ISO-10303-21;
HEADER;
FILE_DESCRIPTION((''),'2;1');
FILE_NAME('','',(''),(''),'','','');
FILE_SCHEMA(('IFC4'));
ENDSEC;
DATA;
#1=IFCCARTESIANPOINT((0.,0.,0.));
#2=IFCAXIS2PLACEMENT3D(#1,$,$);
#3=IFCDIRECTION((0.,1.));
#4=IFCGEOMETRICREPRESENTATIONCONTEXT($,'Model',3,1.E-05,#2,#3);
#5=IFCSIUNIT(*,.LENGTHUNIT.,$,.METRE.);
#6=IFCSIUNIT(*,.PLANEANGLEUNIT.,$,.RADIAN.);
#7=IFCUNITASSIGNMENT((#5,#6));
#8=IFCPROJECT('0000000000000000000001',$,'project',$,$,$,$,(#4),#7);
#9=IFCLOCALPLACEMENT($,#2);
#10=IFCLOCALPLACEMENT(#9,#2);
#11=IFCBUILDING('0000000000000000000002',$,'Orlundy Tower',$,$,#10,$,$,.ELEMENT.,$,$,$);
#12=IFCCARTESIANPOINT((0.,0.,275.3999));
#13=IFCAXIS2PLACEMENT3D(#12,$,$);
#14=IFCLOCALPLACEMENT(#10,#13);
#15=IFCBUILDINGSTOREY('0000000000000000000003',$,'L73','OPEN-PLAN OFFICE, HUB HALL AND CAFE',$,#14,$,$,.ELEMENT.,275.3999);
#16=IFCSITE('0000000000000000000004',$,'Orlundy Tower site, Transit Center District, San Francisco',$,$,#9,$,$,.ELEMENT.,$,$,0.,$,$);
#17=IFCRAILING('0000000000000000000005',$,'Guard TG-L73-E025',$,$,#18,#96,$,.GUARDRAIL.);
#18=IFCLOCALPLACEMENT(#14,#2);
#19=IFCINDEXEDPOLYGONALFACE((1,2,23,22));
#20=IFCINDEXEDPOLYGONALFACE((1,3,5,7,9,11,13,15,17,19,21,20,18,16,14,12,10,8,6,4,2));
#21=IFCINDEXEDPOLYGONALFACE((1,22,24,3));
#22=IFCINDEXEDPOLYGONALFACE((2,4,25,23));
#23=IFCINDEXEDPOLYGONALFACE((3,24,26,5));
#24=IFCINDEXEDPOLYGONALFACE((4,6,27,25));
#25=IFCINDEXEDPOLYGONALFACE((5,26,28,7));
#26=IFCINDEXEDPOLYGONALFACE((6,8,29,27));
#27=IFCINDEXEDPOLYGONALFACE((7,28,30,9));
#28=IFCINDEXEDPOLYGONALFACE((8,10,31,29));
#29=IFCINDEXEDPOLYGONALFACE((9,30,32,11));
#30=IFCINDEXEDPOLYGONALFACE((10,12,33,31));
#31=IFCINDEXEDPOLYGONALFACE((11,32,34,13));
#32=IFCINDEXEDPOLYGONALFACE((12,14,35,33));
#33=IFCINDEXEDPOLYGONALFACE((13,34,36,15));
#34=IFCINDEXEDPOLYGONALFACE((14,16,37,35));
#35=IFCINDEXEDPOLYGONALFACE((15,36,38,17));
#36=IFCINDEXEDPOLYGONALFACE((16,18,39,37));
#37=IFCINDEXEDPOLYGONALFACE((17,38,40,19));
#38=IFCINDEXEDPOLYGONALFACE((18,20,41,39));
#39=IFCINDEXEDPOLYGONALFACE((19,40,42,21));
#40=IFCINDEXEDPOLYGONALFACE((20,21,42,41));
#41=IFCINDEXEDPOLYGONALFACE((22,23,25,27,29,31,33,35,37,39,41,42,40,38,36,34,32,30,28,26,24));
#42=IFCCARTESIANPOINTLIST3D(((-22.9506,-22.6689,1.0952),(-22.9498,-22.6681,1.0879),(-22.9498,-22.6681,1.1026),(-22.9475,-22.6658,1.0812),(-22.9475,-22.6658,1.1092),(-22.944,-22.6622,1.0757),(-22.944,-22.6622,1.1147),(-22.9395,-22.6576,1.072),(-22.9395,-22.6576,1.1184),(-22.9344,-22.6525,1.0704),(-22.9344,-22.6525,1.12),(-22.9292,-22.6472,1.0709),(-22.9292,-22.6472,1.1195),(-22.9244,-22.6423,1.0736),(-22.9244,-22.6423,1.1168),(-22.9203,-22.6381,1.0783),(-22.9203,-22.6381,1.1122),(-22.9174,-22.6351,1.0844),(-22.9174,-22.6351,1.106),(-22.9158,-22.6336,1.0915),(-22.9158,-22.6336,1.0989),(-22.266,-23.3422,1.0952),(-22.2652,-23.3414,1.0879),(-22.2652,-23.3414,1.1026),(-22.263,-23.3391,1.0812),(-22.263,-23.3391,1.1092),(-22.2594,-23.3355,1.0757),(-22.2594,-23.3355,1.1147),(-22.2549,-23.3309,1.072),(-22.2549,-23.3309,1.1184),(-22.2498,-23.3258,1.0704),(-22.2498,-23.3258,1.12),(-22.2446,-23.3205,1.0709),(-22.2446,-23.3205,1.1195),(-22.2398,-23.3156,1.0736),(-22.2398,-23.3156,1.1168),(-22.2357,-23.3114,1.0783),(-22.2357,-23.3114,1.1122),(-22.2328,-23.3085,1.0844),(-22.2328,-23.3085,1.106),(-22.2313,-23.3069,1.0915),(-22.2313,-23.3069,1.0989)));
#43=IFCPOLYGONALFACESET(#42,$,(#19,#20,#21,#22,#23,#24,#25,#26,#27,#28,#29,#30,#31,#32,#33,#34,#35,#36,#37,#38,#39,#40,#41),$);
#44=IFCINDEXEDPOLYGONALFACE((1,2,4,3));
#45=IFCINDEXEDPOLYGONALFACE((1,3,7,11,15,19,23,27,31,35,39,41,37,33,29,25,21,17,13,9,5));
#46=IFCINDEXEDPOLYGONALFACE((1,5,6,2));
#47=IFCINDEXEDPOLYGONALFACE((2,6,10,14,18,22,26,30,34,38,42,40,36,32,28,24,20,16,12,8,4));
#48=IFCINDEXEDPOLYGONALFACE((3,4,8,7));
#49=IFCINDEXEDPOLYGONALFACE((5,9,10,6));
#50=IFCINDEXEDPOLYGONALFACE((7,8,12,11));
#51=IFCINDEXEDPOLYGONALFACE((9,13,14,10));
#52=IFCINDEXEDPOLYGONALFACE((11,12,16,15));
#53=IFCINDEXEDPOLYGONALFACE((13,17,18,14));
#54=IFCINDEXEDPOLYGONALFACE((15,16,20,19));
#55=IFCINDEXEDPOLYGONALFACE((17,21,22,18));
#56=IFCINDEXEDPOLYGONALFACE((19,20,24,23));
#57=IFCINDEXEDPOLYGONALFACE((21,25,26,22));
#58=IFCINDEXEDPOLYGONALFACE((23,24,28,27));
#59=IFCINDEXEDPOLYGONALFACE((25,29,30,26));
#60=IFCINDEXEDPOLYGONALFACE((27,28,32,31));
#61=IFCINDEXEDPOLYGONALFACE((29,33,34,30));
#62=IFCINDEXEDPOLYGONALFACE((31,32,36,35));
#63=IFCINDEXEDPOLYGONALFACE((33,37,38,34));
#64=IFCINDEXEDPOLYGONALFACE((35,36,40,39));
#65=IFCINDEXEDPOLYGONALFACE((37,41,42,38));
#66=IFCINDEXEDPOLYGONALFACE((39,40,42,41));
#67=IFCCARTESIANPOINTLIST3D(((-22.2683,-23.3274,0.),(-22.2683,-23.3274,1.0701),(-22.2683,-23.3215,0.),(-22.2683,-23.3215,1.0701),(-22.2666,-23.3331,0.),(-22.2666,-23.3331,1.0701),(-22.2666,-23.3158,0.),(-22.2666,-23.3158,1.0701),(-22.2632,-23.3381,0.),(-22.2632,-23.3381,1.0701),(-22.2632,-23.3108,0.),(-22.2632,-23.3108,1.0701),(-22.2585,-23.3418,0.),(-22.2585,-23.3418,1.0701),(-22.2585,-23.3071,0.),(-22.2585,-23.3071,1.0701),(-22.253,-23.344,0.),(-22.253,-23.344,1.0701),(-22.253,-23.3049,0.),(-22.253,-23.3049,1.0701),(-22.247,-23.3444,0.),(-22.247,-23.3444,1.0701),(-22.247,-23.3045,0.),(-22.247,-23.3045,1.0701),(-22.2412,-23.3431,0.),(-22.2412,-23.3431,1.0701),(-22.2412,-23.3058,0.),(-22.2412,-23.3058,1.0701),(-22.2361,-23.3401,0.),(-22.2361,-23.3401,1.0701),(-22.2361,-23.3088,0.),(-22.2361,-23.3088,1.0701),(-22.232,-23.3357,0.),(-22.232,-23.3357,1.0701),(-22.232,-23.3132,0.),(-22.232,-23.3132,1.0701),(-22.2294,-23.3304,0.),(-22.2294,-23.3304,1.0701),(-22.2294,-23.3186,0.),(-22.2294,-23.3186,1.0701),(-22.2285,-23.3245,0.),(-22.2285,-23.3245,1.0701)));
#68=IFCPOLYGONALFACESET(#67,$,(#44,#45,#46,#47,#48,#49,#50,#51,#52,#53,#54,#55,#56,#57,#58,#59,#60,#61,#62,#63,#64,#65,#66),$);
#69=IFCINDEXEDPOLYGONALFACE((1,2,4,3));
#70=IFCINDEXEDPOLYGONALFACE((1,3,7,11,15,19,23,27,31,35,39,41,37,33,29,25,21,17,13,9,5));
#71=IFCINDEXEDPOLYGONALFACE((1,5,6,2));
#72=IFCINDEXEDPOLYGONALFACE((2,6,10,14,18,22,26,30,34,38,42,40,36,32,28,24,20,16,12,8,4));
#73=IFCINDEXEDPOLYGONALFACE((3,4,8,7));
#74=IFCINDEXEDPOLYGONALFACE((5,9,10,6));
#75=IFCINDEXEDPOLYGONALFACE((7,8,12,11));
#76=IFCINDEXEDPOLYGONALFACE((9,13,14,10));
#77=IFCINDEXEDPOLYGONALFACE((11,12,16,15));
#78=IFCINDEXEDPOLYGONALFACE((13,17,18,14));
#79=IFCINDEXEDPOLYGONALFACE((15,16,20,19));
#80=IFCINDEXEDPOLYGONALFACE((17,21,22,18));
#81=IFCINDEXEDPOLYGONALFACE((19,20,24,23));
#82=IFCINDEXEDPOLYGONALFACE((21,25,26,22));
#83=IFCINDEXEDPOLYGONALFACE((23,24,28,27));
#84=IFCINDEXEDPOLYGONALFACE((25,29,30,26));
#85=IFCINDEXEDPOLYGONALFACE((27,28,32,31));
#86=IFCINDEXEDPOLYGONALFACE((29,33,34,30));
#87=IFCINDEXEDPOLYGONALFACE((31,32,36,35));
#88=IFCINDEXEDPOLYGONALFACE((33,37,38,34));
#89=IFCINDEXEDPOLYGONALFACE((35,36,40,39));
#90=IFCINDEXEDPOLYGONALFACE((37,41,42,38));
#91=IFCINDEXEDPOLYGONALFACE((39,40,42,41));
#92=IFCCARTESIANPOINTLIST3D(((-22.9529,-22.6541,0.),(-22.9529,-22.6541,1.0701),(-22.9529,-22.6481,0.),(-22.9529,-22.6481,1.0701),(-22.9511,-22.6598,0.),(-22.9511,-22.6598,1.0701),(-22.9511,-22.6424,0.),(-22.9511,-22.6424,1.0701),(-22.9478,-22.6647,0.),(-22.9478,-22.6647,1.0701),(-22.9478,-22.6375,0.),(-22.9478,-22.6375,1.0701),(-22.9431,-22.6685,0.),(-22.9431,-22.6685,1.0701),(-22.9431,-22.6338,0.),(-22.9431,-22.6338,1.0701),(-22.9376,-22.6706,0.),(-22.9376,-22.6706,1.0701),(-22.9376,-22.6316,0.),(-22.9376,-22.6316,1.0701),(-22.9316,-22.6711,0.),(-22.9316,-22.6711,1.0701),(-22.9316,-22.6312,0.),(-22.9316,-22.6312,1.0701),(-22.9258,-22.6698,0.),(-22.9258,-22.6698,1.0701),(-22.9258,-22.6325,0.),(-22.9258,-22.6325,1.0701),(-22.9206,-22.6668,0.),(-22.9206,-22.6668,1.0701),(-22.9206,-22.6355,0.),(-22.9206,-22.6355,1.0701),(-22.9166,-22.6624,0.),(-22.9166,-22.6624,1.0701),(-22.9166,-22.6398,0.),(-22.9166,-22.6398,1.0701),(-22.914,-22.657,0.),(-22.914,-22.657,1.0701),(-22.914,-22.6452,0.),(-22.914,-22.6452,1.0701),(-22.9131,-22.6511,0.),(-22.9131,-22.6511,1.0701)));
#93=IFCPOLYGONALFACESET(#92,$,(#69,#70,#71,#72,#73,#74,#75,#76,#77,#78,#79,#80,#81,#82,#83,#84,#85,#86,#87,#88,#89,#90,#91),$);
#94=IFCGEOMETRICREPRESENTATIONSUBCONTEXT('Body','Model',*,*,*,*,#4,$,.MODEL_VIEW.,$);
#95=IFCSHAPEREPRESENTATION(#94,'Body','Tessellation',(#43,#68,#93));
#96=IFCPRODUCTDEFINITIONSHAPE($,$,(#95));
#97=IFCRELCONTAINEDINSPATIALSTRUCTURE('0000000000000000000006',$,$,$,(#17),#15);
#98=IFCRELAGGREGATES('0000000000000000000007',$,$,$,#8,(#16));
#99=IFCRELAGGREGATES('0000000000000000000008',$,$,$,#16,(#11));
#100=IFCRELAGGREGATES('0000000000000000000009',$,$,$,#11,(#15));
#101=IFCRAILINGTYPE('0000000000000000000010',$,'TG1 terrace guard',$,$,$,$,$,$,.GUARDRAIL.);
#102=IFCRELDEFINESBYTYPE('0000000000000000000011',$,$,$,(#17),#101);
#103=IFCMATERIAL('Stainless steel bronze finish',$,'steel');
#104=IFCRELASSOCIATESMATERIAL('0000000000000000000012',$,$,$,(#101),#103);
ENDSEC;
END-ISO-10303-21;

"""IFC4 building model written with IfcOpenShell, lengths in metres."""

from ifc_helpers import new_model, si_unit, direction, frame, origin, origin_2d, place, context, subcontext, project, spatial, circle, extrude, material, type_object, element, save


model = new_model("IFC4")

# Units and contexts
model_context = context("Model", 3, precision=1e-05, world=origin(), true_north=direction((0.0, 1.0)))
body_context = subcontext(model_context, "Body", "Model", "MODEL_VIEW")
ifc_project = project(units=[si_unit("LENGTHUNIT", "METRE"), si_unit("PLANEANGLEUNIT", "RADIAN")], contexts=[model_context])

# Site, building, storey
site_placement = place(None, origin())
site = spatial("IfcSite", under=ifc_project, at=site_placement, Name="Orlundy Tower site, Transit Center District, San Francisco", CompositionType="ELEMENT", RefElevation=0.0)
building_placement = place(site_placement, origin())
building = spatial("IfcBuilding", under=site, at=building_placement, Name="Orlundy Tower", CompositionType="ELEMENT")
storey_placement = place(building_placement, frame((0.0, 0.0, 275.3999)))
storey = spatial("IfcBuildingStorey", under=building, at=storey_placement, Name="L73", Description="OPEN-PLAN OFFICE, HUB HALL AND CAFE", CompositionType="ELEMENT", Elevation=275.3999)

# Railing
ifc_material_1 = material(Name="Stainless steel bronze finish", Category="steel")
railing_type = type_object("IfcRailingType", Name="TG1 terrace guard", PredefinedType="GUARDRAIL", material=ifc_material_1)
railing_1_placement = place(storey_placement, frame((-22.2485, -23.3245, 0.0)))
element("IfcRailing", 1, at=railing_1_placement, inside=storey, type_object=railing_type, Name="Guard TG-L73-E025", PredefinedType="GUARDRAIL", context=body_context, shape_type="SweptSolid", body=[
    extrude(circle(Radius=0.0249, at=origin_2d()), frame((0.0, 0.0, 1.0952), z_axis=(-0.71293, 0.701235, 0.0), x_axis=(-0.701235, -0.71293, 0.0)), (0.0, 0.0, 1.0), 0.9602),
    extrude(circle(Radius=0.02, at=origin_2d()), origin(), (0.0, 0.0, 1.0), 1.0701),
    extrude(circle(Radius=0.02, at=origin_2d()), frame((-0.6846, 0.6733, 0.0)), (0.0, 0.0, 1.0), 1.0701),
])

save(model, "model.ifc")
